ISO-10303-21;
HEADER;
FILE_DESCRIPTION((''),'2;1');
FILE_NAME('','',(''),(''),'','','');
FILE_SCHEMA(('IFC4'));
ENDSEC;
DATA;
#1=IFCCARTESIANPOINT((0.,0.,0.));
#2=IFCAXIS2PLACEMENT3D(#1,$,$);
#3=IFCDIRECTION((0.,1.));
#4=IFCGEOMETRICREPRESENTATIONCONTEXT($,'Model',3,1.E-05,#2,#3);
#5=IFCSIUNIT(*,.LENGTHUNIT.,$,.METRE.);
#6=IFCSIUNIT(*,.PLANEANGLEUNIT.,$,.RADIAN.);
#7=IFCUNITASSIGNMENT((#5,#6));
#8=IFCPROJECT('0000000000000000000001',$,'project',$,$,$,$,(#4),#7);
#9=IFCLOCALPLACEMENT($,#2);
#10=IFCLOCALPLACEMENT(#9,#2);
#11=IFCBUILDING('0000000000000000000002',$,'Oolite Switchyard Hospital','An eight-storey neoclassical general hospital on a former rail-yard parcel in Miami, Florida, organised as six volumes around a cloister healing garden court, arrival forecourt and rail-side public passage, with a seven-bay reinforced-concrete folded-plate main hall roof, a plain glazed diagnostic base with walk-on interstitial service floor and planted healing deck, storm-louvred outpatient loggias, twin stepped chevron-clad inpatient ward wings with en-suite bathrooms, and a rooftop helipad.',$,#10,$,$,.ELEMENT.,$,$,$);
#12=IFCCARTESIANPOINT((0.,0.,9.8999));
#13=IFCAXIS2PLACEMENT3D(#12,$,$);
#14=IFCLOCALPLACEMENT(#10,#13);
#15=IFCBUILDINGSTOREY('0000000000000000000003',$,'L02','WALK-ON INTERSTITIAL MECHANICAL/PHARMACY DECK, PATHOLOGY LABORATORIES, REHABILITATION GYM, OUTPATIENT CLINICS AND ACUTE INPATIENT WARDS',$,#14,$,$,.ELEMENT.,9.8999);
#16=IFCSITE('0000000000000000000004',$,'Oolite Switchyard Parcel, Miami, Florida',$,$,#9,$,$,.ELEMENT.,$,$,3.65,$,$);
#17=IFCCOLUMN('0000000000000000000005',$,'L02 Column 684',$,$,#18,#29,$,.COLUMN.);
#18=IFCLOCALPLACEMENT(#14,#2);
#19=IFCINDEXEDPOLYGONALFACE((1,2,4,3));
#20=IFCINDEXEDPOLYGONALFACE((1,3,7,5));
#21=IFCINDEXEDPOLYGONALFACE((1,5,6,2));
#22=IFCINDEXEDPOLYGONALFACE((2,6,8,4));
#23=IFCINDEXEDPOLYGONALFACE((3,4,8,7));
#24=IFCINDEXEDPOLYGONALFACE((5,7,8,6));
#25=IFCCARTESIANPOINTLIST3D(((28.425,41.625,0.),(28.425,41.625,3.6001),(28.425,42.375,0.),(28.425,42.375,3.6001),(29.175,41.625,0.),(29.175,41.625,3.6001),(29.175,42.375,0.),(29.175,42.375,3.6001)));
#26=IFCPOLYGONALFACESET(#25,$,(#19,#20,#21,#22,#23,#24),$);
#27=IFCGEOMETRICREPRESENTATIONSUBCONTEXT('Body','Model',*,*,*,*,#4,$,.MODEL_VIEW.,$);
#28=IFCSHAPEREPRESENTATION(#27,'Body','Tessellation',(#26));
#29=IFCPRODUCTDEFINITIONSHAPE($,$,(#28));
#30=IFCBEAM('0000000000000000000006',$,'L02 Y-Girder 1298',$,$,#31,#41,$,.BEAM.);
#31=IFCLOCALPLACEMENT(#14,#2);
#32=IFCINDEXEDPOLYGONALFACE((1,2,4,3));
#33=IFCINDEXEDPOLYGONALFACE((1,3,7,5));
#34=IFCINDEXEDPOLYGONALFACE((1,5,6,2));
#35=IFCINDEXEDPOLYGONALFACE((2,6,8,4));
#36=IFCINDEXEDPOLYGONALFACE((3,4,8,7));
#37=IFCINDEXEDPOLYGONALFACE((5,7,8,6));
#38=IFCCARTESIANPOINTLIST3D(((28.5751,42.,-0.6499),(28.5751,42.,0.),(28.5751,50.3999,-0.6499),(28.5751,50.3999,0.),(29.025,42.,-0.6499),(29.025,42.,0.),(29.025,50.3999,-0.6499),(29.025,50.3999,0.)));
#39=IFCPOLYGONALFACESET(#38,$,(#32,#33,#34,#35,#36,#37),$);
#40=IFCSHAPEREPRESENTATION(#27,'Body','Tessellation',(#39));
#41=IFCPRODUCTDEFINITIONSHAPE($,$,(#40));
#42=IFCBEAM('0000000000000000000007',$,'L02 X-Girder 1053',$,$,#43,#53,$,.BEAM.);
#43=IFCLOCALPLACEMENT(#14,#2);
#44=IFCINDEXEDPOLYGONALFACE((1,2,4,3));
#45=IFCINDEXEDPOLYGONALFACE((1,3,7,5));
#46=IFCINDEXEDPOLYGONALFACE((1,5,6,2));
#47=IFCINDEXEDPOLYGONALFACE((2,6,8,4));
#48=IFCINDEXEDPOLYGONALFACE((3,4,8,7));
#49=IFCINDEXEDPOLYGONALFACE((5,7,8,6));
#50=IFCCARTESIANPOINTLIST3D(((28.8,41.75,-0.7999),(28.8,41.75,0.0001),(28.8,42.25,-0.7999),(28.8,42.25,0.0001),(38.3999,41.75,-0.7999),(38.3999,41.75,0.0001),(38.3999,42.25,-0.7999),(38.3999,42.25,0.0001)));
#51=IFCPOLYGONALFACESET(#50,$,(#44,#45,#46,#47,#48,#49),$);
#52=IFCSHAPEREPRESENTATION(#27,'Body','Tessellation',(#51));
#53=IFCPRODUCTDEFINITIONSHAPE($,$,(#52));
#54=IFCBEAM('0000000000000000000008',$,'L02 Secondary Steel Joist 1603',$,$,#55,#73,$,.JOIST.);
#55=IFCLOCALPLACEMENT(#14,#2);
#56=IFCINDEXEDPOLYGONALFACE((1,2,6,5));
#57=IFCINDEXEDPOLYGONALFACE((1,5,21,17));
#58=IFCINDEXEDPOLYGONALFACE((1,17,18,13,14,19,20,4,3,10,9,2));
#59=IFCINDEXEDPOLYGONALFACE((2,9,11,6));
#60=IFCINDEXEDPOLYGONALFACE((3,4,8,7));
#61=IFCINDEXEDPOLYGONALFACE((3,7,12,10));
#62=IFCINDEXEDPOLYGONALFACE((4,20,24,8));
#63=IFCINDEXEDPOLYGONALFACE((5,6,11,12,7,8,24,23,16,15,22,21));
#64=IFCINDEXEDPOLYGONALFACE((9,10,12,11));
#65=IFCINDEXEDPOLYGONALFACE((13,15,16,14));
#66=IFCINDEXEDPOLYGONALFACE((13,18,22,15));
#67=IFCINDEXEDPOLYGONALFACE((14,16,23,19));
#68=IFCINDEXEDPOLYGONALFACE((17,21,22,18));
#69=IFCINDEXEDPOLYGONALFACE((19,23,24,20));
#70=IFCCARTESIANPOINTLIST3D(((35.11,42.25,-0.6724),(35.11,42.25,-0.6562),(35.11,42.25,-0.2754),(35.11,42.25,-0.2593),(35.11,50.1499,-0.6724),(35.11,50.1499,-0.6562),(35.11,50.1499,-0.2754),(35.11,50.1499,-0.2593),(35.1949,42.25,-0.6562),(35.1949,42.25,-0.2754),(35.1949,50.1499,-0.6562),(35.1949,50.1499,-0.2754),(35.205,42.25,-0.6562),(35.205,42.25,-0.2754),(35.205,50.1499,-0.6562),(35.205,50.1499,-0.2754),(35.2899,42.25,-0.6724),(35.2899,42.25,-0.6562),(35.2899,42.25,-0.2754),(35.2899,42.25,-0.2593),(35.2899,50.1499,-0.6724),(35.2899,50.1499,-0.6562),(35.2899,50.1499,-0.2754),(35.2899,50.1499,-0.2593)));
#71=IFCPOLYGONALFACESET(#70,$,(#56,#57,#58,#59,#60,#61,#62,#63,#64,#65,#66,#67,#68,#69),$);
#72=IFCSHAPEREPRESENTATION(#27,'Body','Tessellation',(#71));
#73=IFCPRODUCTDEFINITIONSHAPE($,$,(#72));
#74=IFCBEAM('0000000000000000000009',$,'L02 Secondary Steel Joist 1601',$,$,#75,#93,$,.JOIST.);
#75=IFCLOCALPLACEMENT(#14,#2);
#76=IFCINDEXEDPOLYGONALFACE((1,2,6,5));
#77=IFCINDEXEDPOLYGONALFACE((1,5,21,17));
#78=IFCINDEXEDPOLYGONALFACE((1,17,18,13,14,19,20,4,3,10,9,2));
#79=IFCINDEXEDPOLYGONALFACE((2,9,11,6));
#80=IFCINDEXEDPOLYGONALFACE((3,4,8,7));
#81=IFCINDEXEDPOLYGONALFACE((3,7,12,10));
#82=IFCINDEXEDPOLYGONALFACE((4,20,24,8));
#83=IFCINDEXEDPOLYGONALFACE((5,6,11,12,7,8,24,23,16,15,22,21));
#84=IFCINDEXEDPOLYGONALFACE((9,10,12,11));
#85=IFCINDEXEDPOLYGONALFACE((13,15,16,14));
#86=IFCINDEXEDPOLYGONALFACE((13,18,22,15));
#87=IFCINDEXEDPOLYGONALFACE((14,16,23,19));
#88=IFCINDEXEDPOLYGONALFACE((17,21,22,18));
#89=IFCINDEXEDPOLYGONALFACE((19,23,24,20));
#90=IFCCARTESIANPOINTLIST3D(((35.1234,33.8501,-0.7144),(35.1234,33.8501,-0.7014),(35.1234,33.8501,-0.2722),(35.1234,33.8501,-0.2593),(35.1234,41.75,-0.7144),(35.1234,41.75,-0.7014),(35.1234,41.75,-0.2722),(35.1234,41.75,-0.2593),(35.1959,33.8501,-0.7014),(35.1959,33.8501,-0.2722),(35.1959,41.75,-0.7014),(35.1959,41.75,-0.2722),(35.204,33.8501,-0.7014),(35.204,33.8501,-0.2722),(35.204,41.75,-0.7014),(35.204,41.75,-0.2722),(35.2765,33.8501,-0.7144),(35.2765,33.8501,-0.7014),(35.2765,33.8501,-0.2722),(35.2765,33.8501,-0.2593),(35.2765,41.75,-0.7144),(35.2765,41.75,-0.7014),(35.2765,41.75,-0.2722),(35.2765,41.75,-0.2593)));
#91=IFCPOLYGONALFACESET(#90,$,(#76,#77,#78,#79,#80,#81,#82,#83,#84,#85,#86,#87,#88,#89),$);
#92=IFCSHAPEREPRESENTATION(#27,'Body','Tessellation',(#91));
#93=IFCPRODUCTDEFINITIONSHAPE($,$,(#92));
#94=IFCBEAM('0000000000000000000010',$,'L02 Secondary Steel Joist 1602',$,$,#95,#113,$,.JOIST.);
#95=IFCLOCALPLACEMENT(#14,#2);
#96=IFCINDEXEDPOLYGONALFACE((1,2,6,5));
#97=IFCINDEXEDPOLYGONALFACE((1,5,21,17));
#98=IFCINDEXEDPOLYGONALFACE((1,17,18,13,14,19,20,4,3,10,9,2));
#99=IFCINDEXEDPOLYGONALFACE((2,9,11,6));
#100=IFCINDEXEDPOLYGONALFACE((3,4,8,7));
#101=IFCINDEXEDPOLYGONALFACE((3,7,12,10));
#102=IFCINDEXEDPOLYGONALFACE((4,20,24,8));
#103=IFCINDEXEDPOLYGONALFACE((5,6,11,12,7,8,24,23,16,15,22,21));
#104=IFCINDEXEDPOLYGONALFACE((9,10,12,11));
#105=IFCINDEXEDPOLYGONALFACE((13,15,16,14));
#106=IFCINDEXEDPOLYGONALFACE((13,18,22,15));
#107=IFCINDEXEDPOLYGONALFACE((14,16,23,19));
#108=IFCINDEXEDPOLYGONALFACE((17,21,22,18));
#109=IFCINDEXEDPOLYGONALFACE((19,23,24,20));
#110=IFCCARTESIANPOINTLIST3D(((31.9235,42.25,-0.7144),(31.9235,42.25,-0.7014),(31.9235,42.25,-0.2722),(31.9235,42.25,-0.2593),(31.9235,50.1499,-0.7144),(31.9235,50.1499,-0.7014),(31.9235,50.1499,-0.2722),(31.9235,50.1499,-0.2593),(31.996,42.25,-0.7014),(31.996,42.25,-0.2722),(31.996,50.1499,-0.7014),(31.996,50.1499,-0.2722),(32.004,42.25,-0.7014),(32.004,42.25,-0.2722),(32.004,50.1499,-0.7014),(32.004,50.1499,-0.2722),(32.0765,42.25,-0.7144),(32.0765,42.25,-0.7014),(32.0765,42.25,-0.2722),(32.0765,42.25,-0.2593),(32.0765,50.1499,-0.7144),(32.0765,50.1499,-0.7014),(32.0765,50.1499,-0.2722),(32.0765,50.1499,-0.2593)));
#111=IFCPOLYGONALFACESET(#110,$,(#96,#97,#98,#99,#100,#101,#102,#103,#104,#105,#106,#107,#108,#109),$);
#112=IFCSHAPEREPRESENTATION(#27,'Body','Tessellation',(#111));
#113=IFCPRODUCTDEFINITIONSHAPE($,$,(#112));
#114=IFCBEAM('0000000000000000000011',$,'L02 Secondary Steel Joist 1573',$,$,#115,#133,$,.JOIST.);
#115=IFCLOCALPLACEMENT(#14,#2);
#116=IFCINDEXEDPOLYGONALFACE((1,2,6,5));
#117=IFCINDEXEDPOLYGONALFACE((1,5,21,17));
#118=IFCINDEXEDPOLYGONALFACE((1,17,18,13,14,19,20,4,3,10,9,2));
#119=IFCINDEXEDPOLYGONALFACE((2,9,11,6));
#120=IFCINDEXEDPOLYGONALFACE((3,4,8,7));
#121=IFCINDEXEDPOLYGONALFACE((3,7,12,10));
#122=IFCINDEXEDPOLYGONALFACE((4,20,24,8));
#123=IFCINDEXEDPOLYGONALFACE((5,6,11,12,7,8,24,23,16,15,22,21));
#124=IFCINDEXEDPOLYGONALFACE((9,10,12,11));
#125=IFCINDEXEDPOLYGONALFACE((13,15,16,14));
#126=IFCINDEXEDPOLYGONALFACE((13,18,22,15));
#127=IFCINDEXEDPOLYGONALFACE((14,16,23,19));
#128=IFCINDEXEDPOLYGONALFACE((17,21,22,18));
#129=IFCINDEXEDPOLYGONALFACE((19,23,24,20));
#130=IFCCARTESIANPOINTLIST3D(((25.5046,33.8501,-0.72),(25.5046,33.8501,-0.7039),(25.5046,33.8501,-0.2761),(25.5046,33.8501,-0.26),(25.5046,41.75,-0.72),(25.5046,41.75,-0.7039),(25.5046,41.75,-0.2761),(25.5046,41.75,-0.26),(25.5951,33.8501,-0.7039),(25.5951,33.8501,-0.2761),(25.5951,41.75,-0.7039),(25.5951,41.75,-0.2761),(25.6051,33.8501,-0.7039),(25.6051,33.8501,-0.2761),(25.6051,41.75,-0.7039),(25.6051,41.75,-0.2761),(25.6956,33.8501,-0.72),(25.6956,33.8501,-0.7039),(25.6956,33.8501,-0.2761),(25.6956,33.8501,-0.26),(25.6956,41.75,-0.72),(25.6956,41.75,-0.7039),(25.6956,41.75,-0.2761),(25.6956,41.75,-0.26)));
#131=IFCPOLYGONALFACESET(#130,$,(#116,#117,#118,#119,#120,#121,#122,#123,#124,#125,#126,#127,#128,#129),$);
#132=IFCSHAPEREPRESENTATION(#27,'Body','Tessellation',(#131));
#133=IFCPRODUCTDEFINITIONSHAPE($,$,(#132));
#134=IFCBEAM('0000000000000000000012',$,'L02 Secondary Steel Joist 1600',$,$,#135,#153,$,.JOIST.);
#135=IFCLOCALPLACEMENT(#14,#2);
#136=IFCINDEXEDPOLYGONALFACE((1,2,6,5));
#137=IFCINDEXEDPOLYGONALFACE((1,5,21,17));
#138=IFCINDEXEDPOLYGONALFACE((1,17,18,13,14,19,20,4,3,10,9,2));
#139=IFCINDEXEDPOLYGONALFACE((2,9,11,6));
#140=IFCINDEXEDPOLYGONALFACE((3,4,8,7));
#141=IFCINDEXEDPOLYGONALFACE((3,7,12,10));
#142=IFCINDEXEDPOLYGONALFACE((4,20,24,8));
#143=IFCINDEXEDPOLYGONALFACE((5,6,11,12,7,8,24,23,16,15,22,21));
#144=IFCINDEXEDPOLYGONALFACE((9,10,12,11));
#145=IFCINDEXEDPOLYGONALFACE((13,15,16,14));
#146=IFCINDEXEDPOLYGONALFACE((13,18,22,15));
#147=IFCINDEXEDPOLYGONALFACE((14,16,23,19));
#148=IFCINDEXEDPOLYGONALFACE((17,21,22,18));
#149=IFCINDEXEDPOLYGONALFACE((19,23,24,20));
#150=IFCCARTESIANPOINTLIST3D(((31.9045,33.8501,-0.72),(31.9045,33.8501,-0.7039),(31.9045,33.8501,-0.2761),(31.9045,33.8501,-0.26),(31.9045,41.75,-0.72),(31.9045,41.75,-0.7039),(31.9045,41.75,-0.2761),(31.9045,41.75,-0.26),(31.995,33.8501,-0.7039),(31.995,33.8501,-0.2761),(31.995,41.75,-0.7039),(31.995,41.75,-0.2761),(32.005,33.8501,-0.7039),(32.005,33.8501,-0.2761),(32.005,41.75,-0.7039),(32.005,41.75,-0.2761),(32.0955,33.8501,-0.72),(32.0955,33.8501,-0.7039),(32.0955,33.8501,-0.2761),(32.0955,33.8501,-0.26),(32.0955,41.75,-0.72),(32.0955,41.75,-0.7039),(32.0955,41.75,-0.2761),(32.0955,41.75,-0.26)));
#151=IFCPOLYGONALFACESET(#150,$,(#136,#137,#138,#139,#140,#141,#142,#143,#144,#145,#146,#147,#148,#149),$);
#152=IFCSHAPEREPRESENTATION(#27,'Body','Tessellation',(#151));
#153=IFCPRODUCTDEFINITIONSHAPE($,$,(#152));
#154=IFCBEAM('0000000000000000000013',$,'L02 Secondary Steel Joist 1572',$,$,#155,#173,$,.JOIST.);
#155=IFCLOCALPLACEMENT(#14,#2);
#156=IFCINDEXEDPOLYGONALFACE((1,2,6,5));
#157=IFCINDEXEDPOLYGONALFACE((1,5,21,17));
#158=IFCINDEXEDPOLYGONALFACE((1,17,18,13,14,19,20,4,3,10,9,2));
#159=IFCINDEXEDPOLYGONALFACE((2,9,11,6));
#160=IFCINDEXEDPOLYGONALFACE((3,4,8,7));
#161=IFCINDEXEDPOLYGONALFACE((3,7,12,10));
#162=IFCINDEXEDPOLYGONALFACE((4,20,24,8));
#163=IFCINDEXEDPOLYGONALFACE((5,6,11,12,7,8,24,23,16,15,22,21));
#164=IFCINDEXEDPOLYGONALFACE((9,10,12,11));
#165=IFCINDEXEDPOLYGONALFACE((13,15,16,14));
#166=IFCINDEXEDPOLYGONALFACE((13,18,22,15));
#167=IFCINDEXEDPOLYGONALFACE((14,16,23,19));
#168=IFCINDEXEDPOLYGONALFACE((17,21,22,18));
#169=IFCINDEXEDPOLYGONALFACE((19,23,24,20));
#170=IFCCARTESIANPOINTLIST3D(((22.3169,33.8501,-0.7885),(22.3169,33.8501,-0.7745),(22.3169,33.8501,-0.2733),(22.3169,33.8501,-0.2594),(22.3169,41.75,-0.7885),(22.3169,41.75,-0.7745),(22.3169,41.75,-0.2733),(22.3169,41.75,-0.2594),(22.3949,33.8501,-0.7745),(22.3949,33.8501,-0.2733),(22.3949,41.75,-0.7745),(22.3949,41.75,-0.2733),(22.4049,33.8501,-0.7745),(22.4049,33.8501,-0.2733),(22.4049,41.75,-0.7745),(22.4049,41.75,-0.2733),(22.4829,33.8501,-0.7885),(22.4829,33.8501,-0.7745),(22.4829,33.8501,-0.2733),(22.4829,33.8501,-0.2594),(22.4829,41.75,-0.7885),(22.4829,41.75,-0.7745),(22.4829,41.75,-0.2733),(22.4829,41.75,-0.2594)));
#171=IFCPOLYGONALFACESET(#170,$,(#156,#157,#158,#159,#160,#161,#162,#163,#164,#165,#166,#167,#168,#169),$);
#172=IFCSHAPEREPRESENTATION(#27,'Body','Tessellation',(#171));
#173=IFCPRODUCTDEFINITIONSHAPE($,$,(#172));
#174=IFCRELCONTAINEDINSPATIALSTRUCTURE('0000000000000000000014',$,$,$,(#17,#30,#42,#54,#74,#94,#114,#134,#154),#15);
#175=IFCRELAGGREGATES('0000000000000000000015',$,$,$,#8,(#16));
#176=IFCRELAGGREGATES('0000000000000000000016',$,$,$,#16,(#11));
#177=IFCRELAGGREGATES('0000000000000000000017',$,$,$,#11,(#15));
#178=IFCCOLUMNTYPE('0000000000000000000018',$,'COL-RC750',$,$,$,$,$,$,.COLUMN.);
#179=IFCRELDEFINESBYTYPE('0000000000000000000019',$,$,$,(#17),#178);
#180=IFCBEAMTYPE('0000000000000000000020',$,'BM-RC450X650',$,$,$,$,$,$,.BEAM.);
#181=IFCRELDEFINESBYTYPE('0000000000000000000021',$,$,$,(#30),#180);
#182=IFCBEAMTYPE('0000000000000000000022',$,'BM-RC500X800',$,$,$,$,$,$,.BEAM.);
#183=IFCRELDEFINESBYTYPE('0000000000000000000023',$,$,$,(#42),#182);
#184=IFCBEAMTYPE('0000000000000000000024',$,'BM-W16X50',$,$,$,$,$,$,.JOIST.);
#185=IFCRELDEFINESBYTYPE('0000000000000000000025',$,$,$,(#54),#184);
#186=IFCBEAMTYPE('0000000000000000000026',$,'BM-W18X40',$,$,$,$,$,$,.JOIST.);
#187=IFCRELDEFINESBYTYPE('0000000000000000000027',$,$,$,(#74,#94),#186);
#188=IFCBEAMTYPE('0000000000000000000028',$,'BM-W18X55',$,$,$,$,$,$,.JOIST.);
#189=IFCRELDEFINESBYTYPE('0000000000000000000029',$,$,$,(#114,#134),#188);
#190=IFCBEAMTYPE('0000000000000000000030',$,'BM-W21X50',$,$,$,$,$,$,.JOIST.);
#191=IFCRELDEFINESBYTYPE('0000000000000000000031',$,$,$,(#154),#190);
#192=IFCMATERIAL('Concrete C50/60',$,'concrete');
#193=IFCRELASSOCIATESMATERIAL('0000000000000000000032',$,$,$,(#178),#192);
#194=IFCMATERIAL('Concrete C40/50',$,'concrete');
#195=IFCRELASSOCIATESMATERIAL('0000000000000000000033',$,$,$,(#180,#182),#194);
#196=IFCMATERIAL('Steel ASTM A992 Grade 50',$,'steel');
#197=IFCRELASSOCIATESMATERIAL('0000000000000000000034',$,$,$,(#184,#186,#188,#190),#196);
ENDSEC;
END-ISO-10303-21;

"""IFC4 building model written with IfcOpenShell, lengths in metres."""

from ifc_helpers import new_model, si_unit, direction, frame, origin, origin_2d, place, context, subcontext, project, spatial, rectangle, i_section, extrude, material, material_profile, profile_set, type_object, element, save


model = new_model("IFC4")

# Units and contexts
model_context = context("Model", 3, precision=1e-05, world=origin(), true_north=direction((0.0, 1.0)))
body_context = subcontext(model_context, "Body", "Model", "MODEL_VIEW")
ifc_project = project(units=[si_unit("LENGTHUNIT", "METRE"), si_unit("PLANEANGLEUNIT", "RADIAN")], contexts=[model_context])

# Site, building, storey
site_placement = place(None, origin())
site = spatial("IfcSite", under=ifc_project, at=site_placement, Name="Oolite Switchyard Parcel, Miami, Florida", CompositionType="ELEMENT", RefElevation=3.65)
building_placement = place(site_placement, origin())
building = spatial("IfcBuilding", under=site, at=building_placement, Name="Oolite Switchyard Hospital", Description="An eight-storey neoclassical general hospital on a former rail-yard parcel in Miami, Florida, organised as six volumes around a cloister healing garden court, arrival forecourt and rail-side public passage, with a seven-bay reinforced-concrete folded-plate main hall roof, a plain glazed diagnostic base with walk-on interstitial service floor and planted healing deck, storm-louvred outpatient loggias, twin stepped chevron-clad inpatient ward wings with en-suite bathrooms, and a rooftop helipad.", CompositionType="ELEMENT")
storey_placement = place(building_placement, frame((0.0, 0.0, 9.8999)))
storey = spatial("IfcBuildingStorey", under=building, at=storey_placement, Name="L02", Description="WALK-ON INTERSTITIAL MECHANICAL/PHARMACY DECK, PATHOLOGY LABORATORIES, REHABILITATION GYM, OUTPATIENT CLINICS AND ACUTE INPATIENT WARDS", CompositionType="ELEMENT", Elevation=9.8999)

# Column
ifc_material_1 = material(Name="Concrete C50/60", Category="concrete")
ifc_material_profile_1 = material_profile(ifc_material_1, rectangle(XDim=0.75, YDim=0.75, at=origin_2d()), Name="RC750X750")
ifc_profile_set_1 = profile_set([ifc_material_profile_1], Name="Concrete C50/60")
column_type = type_object("IfcColumnType", Name="COL-RC750", PredefinedType="COLUMN", material=ifc_profile_set_1)
column_placement = place(storey_placement, frame((28.8, 42.0, 0.0), z_axis=(0.0, 0.0, 1.0), x_axis=(1.0, 0.0, 0.0)))
element("IfcColumn", 1, at=column_placement, inside=storey, type_object=column_type, Name="L02 Column 684", PredefinedType="COLUMN", context=body_context, shape_type="SweptSolid", body=[
    extrude(rectangle(XDim=0.75, YDim=0.75, at=origin_2d()), origin(), (0.0, 0.0, 1.0), 3.6001),
])

# Beams
ifc_material_2 = material(Name="Concrete C40/50", Category="concrete")
ifc_material_profile_2 = material_profile(ifc_material_2, rectangle(XDim=0.45, YDim=0.6499, at=origin_2d()), Name="RCB450X650")
ifc_profile_set_2 = profile_set([ifc_material_profile_2], Name="Concrete C40/50")
beam_type_1 = type_object("IfcBeamType", Name="BM-RC450X650", PredefinedType="BEAM", material=ifc_profile_set_2)
beam_1_placement = place(storey_placement, frame((28.8, 42.0, -0.325), z_axis=(0.0, 1.0, 0.0), x_axis=(-1.0, 0.0, 0.0)))
element("IfcBeam", 2, at=beam_1_placement, inside=storey, type_object=beam_type_1, Name="L02 Y-Girder 1298", PredefinedType="BEAM", context=body_context, shape_type="SweptSolid", body=[
    extrude(rectangle(XDim=0.45, YDim=0.6499, at=origin_2d()), origin(), (0.0, 0.0, 1.0), 8.3999),
])
ifc_material_profile_3 = material_profile(ifc_material_2, rectangle(XDim=0.5, YDim=0.8, at=origin_2d()), Name="RCB500X800")
ifc_profile_set_3 = profile_set([ifc_material_profile_3], Name="Concrete C40/50")
beam_type_2 = type_object("IfcBeamType", Name="BM-RC500X800", PredefinedType="BEAM", material=ifc_profile_set_3)
beam_2_placement = place(storey_placement, frame((28.8, 42.0, -0.3999), z_axis=(1.0, 0.0, 0.0), x_axis=(0.0, 1.0, 0.0)))
element("IfcBeam", 3, at=beam_2_placement, inside=storey, type_object=beam_type_2, Name="L02 X-Girder 1053", PredefinedType="BEAM", context=body_context, shape_type="SweptSolid", body=[
    extrude(rectangle(XDim=0.5, YDim=0.8, at=origin_2d()), origin(), (0.0, 0.0, 1.0), 9.5999),
])
ifc_material_3 = material(Name="Steel ASTM A992 Grade 50", Category="steel")
ifc_material_profile_4 = material_profile(ifc_material_3, i_section(OverallWidth=0.1799, OverallDepth=0.4131, WebThickness=0.01, FlangeThickness=0.0161, at=origin_2d()), Name="W16X50")
ifc_profile_set_4 = profile_set([ifc_material_profile_4], Name="Steel ASTM A992 Grade 50")
beam_type_3 = type_object("IfcBeamType", Name="BM-W16X50", PredefinedType="JOIST", material=ifc_profile_set_4)
beam_3_placement = place(storey_placement, frame((35.2, 42.25, -0.4658), z_axis=(0.0, 1.0, 0.0), x_axis=(-1.0, 0.0, 0.0)))
element("IfcBeam", 4, at=beam_3_placement, inside=storey, type_object=beam_type_3, Name="L02 Secondary Steel Joist 1603", PredefinedType="JOIST", context=body_context, shape_type="SweptSolid", body=[
    extrude(i_section(OverallWidth=0.1799, OverallDepth=0.4131, WebThickness=0.01, FlangeThickness=0.0161, at=origin_2d()), origin(), (0.0, 0.0, 1.0), 7.8999),
])
ifc_material_profile_5 = material_profile(ifc_material_3, i_section(OverallWidth=0.1531, OverallDepth=0.4551, WebThickness=0.0081, FlangeThickness=0.0129, at=origin_2d()), Name="W18X40")
ifc_profile_set_5 = profile_set([ifc_material_profile_5], Name="Steel ASTM A992 Grade 50")
beam_type_4 = type_object("IfcBeamType", Name="BM-W18X40", PredefinedType="JOIST", material=ifc_profile_set_5)
for number, where, z_axis, x_axis, name in (
    (5, (35.2, 33.8501, -0.4868), (0.0, 1.0, 0.0), (-1.0, 0.0, 0.0), "L02 Secondary Steel Joist 1601"),
    (6, (32.0, 42.25, -0.4868), (0.0, 1.0, 0.0), (-1.0, 0.0, 0.0), "L02 Secondary Steel Joist 1602"),
):
    element("IfcBeam", number, at=place(storey_placement, frame(where, z_axis=z_axis, x_axis=x_axis)), inside=storey, type_object=beam_type_4, Name=name, PredefinedType="JOIST", context=body_context, shape_type="SweptSolid", body=[
        extrude(i_section(OverallWidth=0.1531, OverallDepth=0.4551, WebThickness=0.0081, FlangeThickness=0.0129, at=origin_2d()), origin(), (0.0, 0.0, 1.0), 7.8999),
    ])
ifc_material_profile_6 = material_profile(ifc_material_3, i_section(OverallWidth=0.1909, OverallDepth=0.46, WebThickness=0.01, FlangeThickness=0.0161, at=origin_2d()), Name="W18X55")
ifc_profile_set_6 = profile_set([ifc_material_profile_6], Name="Steel ASTM A992 Grade 50")
beam_type_5 = type_object("IfcBeamType", Name="BM-W18X55", PredefinedType="JOIST", material=ifc_profile_set_6)
for number, where, z_axis, x_axis, name in (
    (7, (25.6001, 33.8501, -0.49), (0.0, 1.0, 0.0), (-1.0, 0.0, 0.0), "L02 Secondary Steel Joist 1573"),
    (8, (32.0, 33.8501, -0.49), (0.0, 1.0, 0.0), (-1.0, 0.0, 0.0), "L02 Secondary Steel Joist 1600"),
):
    element("IfcBeam", number, at=place(storey_placement, frame(where, z_axis=z_axis, x_axis=x_axis)), inside=storey, type_object=beam_type_5, Name=name, PredefinedType="JOIST", context=body_context, shape_type="SweptSolid", body=[
        extrude(i_section(OverallWidth=0.1909, OverallDepth=0.46, WebThickness=0.01, FlangeThickness=0.0161, at=origin_2d()), origin(), (0.0, 0.0, 1.0), 7.8999),
    ])
ifc_material_profile_7 = material_profile(ifc_material_3, i_section(OverallWidth=0.166, OverallDepth=0.5291, WebThickness=0.01, FlangeThickness=0.0139, at=origin_2d()), Name="W21X50")
ifc_profile_set_7 = profile_set([ifc_material_profile_7], Name="Steel ASTM A992 Grade 50")
beam_type_6 = type_object("IfcBeamType", Name="BM-W21X50", PredefinedType="JOIST", material=ifc_profile_set_7)
beam_4_placement = place(storey_placement, frame((22.3999, 33.8501, -0.5239), z_axis=(0.0, 1.0, 0.0), x_axis=(-1.0, 0.0, 0.0)))
element("IfcBeam", 9, at=beam_4_placement, inside=storey, type_object=beam_type_6, Name="L02 Secondary Steel Joist 1572", PredefinedType="JOIST", context=body_context, shape_type="SweptSolid", body=[
    extrude(i_section(OverallWidth=0.166, OverallDepth=0.5291, WebThickness=0.01, FlangeThickness=0.0139, at=origin_2d()), origin(), (0.0, 0.0, 1.0), 7.8999),
])

save(model, "model.ifc")
